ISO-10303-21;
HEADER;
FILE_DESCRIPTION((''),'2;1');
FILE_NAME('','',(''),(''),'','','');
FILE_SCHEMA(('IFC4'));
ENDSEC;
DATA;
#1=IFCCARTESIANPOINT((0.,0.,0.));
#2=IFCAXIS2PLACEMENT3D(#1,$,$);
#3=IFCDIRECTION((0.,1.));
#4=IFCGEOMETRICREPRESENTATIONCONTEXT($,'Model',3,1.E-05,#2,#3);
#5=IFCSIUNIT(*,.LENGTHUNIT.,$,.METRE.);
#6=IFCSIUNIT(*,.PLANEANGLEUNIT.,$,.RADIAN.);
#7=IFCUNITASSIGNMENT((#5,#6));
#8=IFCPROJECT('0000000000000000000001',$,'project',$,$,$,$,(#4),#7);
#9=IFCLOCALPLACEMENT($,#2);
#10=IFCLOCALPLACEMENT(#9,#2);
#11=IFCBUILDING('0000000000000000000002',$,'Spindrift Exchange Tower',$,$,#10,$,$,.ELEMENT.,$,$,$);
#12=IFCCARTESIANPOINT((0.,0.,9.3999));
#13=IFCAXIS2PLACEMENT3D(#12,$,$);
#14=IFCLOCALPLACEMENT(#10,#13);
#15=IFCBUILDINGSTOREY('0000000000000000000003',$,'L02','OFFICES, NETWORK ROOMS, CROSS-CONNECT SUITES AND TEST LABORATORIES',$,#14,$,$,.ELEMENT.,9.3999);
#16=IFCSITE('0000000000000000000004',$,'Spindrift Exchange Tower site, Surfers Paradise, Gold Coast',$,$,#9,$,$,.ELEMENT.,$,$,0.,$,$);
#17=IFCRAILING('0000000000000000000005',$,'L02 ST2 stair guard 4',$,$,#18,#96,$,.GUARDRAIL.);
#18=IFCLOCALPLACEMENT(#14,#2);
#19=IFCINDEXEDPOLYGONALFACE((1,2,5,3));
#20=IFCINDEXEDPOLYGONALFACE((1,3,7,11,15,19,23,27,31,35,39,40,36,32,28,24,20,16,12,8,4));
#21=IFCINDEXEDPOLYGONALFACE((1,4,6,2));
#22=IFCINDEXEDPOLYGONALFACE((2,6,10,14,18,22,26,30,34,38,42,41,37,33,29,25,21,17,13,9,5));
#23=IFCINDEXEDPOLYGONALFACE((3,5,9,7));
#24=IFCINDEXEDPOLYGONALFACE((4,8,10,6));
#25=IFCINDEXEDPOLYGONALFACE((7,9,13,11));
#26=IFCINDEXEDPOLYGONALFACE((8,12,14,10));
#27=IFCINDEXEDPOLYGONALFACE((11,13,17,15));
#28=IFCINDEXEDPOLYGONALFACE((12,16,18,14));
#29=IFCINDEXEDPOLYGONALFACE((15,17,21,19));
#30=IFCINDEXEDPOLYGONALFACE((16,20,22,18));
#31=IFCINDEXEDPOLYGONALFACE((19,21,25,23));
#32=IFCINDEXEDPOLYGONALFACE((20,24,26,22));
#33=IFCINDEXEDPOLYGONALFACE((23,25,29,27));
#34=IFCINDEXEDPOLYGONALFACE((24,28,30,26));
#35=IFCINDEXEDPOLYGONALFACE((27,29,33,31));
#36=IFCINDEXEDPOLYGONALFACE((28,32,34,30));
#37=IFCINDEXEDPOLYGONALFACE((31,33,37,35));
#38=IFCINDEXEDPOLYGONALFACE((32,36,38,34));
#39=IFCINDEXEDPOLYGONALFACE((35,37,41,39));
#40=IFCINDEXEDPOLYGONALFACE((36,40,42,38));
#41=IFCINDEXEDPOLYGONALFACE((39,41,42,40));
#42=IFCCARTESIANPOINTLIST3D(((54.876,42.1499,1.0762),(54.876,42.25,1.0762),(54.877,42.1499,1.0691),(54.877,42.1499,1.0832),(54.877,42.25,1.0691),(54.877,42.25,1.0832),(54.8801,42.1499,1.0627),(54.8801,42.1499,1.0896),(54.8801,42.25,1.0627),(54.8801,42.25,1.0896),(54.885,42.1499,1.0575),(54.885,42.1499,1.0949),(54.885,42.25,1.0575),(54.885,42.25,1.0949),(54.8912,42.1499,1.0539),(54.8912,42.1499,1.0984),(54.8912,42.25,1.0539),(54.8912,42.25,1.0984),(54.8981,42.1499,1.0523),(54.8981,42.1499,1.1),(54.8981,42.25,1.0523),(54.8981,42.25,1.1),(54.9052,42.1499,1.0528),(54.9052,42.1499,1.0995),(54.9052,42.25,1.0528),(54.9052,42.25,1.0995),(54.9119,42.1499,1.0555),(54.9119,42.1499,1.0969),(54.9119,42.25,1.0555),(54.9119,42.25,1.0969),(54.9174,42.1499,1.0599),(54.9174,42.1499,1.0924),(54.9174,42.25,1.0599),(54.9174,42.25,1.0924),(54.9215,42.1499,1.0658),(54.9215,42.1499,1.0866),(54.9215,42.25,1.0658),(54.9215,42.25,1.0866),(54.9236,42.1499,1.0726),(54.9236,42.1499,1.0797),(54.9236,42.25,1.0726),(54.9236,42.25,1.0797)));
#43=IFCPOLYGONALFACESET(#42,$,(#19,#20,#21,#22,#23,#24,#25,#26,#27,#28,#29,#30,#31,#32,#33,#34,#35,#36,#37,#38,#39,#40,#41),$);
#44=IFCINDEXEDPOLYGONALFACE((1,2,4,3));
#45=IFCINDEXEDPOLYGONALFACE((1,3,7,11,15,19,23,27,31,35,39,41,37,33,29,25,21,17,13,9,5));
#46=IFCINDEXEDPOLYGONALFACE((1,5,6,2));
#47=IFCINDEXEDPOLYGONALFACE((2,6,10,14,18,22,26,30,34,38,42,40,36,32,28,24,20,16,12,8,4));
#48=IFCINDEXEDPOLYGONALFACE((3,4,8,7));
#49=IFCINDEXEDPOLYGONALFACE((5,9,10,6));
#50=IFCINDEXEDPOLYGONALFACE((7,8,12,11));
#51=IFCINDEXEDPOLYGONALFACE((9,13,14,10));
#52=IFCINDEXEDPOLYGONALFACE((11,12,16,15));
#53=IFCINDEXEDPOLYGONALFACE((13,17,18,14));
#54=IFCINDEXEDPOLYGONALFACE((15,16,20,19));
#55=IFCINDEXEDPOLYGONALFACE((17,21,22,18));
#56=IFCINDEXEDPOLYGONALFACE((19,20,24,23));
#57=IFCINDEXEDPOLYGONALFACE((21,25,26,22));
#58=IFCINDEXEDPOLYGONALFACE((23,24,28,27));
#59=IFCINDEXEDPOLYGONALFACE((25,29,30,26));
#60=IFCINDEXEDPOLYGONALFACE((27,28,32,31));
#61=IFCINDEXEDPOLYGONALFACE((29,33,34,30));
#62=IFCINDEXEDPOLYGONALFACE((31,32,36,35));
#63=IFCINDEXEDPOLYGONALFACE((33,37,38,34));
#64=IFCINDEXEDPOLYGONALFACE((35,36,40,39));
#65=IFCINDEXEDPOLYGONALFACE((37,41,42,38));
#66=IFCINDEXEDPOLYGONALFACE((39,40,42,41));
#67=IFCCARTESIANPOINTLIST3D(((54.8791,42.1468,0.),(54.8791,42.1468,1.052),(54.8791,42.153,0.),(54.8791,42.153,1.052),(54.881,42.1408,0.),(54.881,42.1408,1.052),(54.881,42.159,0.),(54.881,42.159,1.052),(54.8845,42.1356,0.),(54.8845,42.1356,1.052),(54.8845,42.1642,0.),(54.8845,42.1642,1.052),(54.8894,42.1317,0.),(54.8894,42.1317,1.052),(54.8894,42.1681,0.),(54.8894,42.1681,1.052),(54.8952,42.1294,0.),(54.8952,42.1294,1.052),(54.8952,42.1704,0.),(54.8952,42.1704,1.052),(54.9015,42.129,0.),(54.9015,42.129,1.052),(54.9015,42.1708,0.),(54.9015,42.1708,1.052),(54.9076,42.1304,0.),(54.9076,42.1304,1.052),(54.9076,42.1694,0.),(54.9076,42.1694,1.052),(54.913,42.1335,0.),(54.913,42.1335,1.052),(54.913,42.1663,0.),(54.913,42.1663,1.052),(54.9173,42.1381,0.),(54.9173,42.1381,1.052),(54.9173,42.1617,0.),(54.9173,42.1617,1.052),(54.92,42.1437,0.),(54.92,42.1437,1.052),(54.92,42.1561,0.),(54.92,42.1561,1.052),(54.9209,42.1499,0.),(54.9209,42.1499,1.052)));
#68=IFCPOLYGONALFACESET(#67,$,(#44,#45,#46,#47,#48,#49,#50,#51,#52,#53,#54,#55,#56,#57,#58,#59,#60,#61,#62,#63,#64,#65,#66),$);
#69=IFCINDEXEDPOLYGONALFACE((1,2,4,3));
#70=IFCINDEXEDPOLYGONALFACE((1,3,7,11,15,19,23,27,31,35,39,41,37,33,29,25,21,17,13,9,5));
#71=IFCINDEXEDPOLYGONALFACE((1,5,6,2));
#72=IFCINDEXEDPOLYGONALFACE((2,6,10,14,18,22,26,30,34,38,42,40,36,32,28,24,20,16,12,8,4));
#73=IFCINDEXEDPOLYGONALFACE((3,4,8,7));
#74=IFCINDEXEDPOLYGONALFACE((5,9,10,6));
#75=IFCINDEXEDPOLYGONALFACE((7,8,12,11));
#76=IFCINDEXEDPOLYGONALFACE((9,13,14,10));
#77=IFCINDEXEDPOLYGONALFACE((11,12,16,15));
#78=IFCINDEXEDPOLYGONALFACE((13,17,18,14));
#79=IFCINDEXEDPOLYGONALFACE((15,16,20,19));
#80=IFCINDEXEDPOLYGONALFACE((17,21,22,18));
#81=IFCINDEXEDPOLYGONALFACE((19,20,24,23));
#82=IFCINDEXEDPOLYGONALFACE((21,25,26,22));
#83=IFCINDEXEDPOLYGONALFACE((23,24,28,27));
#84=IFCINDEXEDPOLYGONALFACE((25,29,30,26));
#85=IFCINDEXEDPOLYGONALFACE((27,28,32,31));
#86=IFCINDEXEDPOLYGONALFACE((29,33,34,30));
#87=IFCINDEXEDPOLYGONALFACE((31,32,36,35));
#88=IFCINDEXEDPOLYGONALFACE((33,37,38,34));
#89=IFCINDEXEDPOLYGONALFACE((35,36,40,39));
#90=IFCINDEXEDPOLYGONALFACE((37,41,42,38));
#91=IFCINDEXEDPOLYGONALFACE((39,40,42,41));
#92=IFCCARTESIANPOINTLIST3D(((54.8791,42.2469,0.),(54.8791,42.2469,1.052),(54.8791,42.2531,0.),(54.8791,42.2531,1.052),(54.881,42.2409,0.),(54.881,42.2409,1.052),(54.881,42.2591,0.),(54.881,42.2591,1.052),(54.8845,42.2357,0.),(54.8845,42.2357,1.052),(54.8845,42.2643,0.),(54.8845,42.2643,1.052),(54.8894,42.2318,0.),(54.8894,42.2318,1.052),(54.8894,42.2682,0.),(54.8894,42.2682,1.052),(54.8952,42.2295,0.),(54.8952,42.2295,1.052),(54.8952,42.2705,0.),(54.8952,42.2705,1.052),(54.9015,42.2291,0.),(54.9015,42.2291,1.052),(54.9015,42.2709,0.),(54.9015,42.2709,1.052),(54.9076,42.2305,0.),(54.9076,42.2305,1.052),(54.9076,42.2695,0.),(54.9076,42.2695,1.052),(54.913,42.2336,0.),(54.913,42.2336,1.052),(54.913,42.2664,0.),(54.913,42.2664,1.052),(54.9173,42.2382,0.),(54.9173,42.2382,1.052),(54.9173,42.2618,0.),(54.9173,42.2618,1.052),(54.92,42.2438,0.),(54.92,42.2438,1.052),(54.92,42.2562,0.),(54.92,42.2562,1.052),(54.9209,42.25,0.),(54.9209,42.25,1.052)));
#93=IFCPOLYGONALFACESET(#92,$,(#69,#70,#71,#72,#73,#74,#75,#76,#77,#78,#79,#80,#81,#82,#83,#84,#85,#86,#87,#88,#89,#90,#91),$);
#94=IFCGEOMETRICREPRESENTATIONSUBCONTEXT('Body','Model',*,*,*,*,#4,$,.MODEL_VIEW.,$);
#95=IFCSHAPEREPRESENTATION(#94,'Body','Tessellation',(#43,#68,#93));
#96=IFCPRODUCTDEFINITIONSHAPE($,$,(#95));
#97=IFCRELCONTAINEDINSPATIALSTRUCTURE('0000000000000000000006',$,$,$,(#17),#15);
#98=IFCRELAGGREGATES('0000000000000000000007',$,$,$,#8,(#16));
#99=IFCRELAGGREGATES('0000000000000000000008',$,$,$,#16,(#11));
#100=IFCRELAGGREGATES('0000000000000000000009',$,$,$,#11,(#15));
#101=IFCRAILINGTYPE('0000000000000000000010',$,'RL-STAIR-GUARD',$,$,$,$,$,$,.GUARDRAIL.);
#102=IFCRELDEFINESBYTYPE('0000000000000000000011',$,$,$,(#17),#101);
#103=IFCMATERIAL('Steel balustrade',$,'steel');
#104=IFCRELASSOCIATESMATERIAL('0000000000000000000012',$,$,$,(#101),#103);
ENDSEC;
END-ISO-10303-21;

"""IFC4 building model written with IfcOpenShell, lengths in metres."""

from ifc_helpers import new_model, si_unit, direction, frame, origin, origin_2d, place, context, subcontext, project, spatial, circle, extrude, material, type_object, element, save


model = new_model("IFC4")

# Units and contexts
model_context = context("Model", 3, precision=1e-05, world=origin(), true_north=direction((0.0, 1.0)))
body_context = subcontext(model_context, "Body", "Model", "MODEL_VIEW")
ifc_project = project(units=[si_unit("LENGTHUNIT", "METRE"), si_unit("PLANEANGLEUNIT", "RADIAN")], contexts=[model_context])

# Site, building, storey
site_placement = place(None, origin())
site = spatial("IfcSite", under=ifc_project, at=site_placement, Name="Spindrift Exchange Tower site, Surfers Paradise, Gold Coast", CompositionType="ELEMENT", RefElevation=0.0)
building_placement = place(site_placement, origin())
building = spatial("IfcBuilding", under=site, at=building_placement, Name="Spindrift Exchange Tower", CompositionType="ELEMENT")
storey_placement = place(building_placement, frame((0.0, 0.0, 9.3999)))
storey = spatial("IfcBuildingStorey", under=building, at=storey_placement, Name="L02", Description="OFFICES, NETWORK ROOMS, CROSS-CONNECT SUITES AND TEST LABORATORIES", CompositionType="ELEMENT", Elevation=9.3999)

# Railing
ifc_material_1 = material(Name="Steel balustrade", Category="steel")
railing_type_1 = type_object("IfcRailingType", Name="RL-STAIR-GUARD", PredefinedType="GUARDRAIL", material=ifc_material_1)
railing_1_placement = place(storey_placement, frame((54.8999, 42.1499, 0.0)))
element("IfcRailing", 1, at=railing_1_placement, inside=storey, type_object=railing_type_1, Name="L02 ST2 stair guard 4", PredefinedType="GUARDRAIL", context=body_context, shape_type="SweptSolid", body=[
    extrude(circle(Radius=0.0239, at=origin_2d()), frame((0.0, 0.0, 1.0762), z_axis=(0.0, 1.0, 0.0), x_axis=(-1.0, 0.0, 0.0)), (0.0, 0.0, 1.0), 0.1001),
    extrude(circle(Radius=0.021, at=origin_2d()), origin(), (0.0, 0.0, 1.0), 1.052),
    extrude(circle(Radius=0.021, at=origin_2d()), frame((0.0, 0.1001, 0.0)), (0.0, 0.0, 1.0), 1.052),
])

save(model, "model.ifc")
